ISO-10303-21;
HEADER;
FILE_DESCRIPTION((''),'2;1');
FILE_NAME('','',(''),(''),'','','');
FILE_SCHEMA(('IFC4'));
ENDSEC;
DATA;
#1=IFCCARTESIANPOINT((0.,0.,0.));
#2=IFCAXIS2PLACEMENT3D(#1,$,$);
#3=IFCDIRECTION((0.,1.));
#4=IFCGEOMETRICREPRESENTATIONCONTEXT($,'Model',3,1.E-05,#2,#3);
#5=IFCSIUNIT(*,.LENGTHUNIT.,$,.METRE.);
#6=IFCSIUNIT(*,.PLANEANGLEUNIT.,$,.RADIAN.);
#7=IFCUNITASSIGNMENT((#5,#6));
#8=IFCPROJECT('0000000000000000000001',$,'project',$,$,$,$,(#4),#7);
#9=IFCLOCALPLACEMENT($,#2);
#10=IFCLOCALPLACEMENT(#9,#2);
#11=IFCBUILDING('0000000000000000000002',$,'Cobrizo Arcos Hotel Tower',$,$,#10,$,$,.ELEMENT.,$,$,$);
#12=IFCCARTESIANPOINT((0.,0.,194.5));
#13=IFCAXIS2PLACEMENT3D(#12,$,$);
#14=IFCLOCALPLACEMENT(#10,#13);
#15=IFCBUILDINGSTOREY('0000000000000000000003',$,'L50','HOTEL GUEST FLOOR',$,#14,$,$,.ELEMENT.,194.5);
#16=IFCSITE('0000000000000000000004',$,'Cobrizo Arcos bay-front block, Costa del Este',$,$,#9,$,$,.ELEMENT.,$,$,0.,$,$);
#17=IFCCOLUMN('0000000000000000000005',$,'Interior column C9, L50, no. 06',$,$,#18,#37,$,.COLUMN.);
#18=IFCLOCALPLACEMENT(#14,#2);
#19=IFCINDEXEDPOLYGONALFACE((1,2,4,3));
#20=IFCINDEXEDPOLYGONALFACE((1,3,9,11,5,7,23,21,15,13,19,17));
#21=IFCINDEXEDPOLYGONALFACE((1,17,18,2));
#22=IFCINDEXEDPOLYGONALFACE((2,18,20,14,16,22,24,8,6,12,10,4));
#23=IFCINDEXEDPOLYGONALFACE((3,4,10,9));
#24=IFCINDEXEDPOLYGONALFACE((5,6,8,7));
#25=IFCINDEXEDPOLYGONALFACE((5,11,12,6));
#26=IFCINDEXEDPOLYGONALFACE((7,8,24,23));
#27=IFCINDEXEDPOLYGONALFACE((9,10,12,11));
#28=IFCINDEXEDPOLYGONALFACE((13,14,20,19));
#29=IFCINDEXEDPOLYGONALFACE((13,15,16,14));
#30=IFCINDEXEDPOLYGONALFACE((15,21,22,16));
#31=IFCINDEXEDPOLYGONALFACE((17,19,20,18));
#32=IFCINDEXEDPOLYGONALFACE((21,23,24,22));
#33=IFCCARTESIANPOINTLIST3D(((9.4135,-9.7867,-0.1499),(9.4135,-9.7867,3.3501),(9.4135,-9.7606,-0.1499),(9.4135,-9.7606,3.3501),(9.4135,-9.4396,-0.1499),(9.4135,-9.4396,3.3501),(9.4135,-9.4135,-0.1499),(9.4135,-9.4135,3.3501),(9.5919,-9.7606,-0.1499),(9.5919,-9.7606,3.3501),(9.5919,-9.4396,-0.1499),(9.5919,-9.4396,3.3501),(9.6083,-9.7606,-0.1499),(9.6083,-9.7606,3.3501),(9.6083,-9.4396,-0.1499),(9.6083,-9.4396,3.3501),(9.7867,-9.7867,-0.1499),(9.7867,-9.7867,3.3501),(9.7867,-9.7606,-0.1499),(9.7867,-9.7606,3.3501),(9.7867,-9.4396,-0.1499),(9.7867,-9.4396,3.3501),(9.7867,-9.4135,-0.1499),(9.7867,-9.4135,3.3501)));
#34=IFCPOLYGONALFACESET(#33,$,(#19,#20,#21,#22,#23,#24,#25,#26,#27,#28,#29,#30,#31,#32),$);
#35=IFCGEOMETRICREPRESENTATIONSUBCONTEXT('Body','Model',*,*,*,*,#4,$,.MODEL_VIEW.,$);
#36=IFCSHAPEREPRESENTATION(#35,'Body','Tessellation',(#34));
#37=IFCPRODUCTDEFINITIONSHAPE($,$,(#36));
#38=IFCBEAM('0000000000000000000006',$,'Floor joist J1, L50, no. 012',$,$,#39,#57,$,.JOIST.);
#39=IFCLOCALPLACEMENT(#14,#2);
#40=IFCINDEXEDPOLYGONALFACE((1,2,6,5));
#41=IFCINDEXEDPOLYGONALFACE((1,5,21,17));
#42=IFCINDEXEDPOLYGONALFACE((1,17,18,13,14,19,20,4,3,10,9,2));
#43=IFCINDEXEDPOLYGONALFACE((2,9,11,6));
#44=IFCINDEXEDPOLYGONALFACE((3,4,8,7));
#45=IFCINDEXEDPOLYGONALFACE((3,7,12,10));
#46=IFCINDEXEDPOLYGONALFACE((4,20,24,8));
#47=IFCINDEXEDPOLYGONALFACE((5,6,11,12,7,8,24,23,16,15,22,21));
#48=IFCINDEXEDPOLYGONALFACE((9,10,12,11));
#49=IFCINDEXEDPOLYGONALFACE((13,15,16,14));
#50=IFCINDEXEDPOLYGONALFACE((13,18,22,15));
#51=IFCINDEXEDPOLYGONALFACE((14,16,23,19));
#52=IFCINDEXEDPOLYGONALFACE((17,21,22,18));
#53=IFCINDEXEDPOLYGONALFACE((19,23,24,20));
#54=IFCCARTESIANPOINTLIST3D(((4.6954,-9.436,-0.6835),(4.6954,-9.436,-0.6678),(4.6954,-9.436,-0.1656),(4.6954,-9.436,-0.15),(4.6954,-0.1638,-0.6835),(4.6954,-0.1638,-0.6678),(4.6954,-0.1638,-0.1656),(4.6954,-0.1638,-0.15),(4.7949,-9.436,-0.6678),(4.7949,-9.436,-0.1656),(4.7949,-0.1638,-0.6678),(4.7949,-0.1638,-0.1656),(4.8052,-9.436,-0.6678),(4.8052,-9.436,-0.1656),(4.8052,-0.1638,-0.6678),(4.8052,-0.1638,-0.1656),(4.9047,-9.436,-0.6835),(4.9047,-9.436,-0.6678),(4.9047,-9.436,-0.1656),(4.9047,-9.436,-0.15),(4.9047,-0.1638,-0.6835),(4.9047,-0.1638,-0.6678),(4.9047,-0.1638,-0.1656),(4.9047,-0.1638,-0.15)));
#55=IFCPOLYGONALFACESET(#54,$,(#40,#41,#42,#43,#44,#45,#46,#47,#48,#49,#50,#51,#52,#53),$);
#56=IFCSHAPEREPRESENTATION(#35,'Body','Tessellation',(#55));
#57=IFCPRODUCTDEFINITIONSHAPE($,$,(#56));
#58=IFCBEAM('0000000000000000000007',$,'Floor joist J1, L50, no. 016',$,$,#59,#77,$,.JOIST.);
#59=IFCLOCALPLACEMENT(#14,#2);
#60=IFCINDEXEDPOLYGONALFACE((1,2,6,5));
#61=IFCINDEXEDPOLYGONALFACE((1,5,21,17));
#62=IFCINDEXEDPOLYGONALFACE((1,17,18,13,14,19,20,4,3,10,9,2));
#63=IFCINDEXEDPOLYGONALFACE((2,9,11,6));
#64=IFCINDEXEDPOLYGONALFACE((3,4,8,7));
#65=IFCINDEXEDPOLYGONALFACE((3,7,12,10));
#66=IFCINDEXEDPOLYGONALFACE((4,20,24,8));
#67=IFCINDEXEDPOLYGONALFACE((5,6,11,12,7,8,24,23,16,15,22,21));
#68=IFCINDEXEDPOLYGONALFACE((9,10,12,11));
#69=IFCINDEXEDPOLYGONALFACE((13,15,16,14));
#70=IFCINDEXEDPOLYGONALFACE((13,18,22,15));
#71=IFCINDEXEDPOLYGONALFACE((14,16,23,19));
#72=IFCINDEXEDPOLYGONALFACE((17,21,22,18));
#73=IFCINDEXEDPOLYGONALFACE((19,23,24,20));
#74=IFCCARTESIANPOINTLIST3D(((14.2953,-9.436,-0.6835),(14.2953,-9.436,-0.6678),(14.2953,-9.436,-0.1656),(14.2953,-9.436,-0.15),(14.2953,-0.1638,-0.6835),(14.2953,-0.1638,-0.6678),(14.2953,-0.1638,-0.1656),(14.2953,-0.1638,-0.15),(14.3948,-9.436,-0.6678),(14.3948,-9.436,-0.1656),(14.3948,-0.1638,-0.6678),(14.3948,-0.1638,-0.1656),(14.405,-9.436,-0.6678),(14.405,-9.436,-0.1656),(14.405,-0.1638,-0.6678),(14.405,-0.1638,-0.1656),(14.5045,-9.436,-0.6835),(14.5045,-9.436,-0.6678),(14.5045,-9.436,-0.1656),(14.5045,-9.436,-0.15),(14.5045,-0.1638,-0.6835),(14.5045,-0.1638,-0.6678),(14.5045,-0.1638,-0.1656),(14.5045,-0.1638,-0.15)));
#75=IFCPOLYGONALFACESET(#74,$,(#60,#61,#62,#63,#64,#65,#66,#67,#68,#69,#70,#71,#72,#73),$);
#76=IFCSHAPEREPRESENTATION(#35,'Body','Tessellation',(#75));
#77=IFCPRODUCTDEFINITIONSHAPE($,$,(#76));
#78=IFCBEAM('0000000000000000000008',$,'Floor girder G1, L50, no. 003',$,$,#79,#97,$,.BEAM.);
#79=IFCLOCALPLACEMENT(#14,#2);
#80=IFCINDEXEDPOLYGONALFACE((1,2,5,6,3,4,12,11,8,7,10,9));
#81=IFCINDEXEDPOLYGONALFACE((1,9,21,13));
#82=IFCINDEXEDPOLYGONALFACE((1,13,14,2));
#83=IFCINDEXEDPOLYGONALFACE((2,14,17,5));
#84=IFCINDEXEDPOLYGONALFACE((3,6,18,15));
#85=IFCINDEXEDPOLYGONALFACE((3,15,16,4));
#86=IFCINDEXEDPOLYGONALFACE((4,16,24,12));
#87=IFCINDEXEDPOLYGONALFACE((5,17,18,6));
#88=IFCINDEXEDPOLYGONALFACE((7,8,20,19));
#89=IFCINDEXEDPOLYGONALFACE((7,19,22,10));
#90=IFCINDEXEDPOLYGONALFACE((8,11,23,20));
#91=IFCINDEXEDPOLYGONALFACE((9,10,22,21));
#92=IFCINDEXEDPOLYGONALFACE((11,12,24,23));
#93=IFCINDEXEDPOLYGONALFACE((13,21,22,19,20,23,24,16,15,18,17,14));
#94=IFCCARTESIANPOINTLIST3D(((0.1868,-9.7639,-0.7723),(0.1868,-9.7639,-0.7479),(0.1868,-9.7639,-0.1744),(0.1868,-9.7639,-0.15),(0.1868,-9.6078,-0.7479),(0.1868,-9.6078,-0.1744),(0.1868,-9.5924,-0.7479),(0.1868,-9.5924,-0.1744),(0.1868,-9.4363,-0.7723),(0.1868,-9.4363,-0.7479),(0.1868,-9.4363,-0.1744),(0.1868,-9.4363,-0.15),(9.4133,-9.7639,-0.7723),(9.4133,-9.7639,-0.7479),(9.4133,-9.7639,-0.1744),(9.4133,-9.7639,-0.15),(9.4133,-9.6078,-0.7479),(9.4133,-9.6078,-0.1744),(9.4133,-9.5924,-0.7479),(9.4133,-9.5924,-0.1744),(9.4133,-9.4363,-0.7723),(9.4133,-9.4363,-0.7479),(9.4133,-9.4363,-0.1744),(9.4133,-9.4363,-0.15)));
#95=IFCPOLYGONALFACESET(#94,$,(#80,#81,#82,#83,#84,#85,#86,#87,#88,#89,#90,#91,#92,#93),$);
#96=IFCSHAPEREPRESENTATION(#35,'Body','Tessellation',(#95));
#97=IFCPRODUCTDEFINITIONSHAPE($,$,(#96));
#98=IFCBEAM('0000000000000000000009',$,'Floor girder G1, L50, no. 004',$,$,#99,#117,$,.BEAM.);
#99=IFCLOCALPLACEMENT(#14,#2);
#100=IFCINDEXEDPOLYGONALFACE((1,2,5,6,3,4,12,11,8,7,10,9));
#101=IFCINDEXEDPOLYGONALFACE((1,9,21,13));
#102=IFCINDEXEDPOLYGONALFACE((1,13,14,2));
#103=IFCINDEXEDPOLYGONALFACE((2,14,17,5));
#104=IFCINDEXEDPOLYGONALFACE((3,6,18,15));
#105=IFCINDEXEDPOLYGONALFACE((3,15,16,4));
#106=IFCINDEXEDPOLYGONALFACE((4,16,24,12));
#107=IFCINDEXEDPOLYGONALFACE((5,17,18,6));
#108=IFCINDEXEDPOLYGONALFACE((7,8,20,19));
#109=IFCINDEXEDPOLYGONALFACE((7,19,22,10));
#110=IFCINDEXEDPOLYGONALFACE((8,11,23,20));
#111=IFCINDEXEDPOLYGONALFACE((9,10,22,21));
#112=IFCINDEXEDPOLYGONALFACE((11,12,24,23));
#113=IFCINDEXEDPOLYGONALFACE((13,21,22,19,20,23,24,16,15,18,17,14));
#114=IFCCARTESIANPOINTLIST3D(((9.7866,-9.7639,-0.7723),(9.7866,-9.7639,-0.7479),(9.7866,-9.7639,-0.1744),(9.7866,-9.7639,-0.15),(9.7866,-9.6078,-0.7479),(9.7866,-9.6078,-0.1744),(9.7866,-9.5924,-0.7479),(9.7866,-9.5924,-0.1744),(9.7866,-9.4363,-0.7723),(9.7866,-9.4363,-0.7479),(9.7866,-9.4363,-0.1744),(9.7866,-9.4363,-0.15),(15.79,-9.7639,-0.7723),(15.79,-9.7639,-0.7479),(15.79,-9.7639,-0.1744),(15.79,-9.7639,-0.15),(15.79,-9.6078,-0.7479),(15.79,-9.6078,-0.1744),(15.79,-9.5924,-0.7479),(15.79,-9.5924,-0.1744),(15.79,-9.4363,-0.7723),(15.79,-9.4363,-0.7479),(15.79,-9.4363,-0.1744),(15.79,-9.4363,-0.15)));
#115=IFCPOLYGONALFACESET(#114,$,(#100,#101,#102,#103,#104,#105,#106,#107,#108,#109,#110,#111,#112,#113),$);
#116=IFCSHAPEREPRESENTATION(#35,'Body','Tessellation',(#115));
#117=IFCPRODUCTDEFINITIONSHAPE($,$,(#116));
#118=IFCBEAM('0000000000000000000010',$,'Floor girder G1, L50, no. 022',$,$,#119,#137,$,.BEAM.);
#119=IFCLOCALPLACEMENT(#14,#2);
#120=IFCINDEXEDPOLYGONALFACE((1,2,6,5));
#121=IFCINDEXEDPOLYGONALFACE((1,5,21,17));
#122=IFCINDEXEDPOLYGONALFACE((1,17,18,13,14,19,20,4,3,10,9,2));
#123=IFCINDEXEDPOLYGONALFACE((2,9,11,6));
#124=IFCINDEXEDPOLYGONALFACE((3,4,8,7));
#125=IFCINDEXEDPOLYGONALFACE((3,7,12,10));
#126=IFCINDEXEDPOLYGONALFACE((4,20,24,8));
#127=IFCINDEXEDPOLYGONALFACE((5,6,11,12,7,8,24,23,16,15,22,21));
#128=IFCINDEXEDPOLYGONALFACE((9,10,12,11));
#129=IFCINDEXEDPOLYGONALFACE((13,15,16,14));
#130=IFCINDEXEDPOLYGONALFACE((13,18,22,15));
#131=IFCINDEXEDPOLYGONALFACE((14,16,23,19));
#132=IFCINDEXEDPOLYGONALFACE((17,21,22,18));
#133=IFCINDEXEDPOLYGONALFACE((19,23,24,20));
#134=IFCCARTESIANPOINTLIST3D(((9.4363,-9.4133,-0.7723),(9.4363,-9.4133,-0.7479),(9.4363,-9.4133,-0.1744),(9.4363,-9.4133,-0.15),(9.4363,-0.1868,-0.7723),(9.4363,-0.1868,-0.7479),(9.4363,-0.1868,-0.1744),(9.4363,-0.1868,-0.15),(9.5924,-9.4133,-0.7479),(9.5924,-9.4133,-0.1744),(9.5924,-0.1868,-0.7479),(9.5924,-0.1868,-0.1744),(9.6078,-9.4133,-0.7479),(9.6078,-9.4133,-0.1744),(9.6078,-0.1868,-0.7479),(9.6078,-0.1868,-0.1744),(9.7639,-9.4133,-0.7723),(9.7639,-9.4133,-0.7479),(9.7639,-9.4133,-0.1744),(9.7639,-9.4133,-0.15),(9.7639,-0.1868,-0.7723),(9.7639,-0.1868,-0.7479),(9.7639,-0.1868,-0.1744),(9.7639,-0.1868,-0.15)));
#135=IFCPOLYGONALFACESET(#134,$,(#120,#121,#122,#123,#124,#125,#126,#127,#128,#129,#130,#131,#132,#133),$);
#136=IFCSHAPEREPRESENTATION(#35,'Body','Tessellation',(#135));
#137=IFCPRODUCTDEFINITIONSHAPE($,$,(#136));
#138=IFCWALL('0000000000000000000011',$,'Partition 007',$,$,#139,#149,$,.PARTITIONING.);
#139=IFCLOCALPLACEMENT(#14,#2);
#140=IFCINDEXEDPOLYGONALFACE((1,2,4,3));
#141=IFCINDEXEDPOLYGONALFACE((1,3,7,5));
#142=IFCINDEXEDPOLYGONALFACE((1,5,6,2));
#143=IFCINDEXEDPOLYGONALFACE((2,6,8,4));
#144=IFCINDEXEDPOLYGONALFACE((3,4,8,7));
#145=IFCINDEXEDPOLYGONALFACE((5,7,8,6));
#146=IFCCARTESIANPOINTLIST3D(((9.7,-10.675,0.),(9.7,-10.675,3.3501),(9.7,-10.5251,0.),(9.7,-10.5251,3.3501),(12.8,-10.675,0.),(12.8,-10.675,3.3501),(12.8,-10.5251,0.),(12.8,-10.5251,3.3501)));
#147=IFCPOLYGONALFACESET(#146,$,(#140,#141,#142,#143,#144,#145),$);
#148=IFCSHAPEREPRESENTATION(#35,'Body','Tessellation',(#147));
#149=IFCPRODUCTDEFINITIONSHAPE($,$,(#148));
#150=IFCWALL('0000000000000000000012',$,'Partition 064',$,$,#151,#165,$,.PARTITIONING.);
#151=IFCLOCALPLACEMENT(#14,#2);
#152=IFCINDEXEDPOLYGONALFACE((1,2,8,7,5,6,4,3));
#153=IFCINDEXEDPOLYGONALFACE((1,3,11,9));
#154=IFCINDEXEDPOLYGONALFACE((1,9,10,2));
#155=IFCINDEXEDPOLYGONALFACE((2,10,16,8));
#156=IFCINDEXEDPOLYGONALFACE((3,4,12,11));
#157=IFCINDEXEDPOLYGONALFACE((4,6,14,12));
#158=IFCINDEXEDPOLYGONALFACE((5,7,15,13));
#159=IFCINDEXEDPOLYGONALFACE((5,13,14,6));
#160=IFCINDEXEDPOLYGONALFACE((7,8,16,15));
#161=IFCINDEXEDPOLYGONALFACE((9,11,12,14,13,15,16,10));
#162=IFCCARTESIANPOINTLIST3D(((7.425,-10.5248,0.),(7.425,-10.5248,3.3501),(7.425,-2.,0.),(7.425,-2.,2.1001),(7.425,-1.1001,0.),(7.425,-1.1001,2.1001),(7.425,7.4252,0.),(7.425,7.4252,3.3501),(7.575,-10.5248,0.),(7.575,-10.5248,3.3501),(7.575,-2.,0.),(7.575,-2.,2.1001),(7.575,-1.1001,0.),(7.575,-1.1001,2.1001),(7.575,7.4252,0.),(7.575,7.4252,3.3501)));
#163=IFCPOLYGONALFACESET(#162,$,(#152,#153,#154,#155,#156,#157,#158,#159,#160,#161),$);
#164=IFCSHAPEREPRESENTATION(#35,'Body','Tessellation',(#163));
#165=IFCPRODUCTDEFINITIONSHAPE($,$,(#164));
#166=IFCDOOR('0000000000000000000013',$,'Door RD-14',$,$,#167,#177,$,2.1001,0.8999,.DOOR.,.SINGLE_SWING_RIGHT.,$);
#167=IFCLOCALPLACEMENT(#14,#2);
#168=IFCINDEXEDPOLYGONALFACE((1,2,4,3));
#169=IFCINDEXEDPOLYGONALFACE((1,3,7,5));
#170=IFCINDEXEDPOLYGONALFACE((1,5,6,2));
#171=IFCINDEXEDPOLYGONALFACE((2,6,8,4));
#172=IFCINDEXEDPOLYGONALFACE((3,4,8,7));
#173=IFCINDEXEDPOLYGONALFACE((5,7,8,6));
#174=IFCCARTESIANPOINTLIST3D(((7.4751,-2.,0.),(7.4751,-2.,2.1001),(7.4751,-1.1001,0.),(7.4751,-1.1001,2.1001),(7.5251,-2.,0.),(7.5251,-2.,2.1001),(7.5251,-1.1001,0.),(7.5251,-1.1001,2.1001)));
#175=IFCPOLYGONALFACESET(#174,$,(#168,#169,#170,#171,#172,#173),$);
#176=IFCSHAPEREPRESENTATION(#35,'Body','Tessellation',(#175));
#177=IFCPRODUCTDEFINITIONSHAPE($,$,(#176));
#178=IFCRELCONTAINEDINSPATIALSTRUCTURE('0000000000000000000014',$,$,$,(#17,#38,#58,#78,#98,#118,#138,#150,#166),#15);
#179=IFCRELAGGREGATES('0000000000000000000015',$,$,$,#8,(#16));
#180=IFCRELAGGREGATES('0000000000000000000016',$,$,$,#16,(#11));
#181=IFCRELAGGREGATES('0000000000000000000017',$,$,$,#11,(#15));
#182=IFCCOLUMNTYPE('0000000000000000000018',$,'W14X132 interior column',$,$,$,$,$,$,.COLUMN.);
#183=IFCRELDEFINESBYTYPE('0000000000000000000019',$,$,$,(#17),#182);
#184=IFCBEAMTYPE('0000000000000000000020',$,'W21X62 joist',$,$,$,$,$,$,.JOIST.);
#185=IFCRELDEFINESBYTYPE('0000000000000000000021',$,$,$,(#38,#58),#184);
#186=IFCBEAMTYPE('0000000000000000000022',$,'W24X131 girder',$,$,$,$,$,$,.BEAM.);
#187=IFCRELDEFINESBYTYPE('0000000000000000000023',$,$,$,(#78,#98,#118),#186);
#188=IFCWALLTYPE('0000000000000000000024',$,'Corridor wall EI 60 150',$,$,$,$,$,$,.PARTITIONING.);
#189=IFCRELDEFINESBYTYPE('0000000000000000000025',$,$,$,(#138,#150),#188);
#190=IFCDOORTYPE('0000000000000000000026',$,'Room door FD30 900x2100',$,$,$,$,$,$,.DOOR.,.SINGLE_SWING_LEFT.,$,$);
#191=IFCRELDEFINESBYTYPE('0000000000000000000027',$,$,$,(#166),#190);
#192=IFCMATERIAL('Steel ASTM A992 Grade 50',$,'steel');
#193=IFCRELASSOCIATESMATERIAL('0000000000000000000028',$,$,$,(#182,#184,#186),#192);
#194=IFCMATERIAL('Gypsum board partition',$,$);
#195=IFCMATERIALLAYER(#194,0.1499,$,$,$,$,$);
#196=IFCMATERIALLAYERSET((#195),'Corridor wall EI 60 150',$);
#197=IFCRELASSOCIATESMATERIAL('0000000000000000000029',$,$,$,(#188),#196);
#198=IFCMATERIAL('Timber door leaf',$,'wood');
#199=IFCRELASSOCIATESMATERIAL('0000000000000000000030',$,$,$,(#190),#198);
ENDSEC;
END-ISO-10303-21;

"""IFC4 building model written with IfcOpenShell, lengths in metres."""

from ifc_helpers import new_model, si_unit, direction, frame, frame_2d, origin, origin_2d, place, context, subcontext, project, spatial, rectangle, i_section, extrude, material, layer, layer_set, material_profile, profile_set, type_object, element, fill, save


model = new_model("IFC4")

# Units and contexts
model_context = context("Model", 3, precision=1e-05, world=origin(), true_north=direction((0.0, 1.0)))
body_context = subcontext(model_context, "Body", "Model", "MODEL_VIEW")
ifc_project = project(units=[si_unit("LENGTHUNIT", "METRE"), si_unit("PLANEANGLEUNIT", "RADIAN")], contexts=[model_context])

# Site, building, storey
site_placement = place(None, origin())
site = spatial("IfcSite", under=ifc_project, at=site_placement, Name="Cobrizo Arcos bay-front block, Costa del Este", CompositionType="ELEMENT", RefElevation=0.0)
building_placement = place(site_placement, origin())
building = spatial("IfcBuilding", under=site, at=building_placement, Name="Cobrizo Arcos Hotel Tower", CompositionType="ELEMENT")
storey_placement = place(building_placement, frame((0.0, 0.0, 194.5)))
storey = spatial("IfcBuildingStorey", under=building, at=storey_placement, Name="L50", Description="HOTEL GUEST FLOOR", CompositionType="ELEMENT", Elevation=194.5)

# Column
ifc_material_1 = material(Name="Steel ASTM A992 Grade 50", Category="steel")
ifc_material_profile_1 = material_profile(ifc_material_1, i_section(OverallWidth=0.3733, OverallDepth=0.3733, WebThickness=0.0164, FlangeThickness=0.0261, at=origin_2d()), Name="W14X132")
ifc_profile_set_1 = profile_set([ifc_material_profile_1], Name="Steel ASTM A992 Grade 50")
column_type = type_object("IfcColumnType", Name="W14X132 interior column", PredefinedType="COLUMN", material=ifc_profile_set_1)
column_placement = place(storey_placement, frame((9.6001, -9.6001, -0.1499), z_axis=(0.0, 0.0, 1.0), x_axis=(1.0, 0.0, 0.0)))
element("IfcColumn", 1, at=column_placement, inside=storey, type_object=column_type, Name="Interior column C9, L50, no. 06", PredefinedType="COLUMN", context=body_context, shape_type="SweptSolid", body=[
    extrude(i_section(OverallWidth=0.3733, OverallDepth=0.3733, WebThickness=0.0164, FlangeThickness=0.0261, at=origin_2d()), origin(), (0.0, 0.0, 1.0), 3.5),
])

# Beams
ifc_material_profile_2 = material_profile(ifc_material_1, i_section(OverallWidth=0.2092, OverallDepth=0.5334, WebThickness=0.0103, FlangeThickness=0.0156, at=origin_2d()), Name="W21X62")
ifc_profile_set_2 = profile_set([ifc_material_profile_2], Name="Steel ASTM A992 Grade 50")
beam_type_1 = type_object("IfcBeamType", Name="W21X62 joist", PredefinedType="JOIST", material=ifc_profile_set_2)
for number, where, z_axis, x_axis, name in (
    (2, (4.8, -9.436, -0.4167), (0.0, 1.0, 0.0), (-1.0, 0.0, 0.0), "Floor joist J1, L50, no. 012"),
    (3, (14.3999, -9.436, -0.4167), (0.0, 1.0, 0.0), (-1.0, 0.0, 0.0), "Floor joist J1, L50, no. 016"),
):
    element("IfcBeam", number, at=place(storey_placement, frame(where, z_axis=z_axis, x_axis=x_axis)), inside=storey, type_object=beam_type_1, Name=name, PredefinedType="JOIST", context=body_context, shape_type="SweptSolid", body=[
        extrude(i_section(OverallWidth=0.2092, OverallDepth=0.5334, WebThickness=0.0103, FlangeThickness=0.0156, at=origin_2d()), origin(), (0.0, 0.0, 1.0), 9.2722),
    ])
ifc_material_profile_3 = material_profile(ifc_material_1, i_section(OverallWidth=0.3276, OverallDepth=0.6223, WebThickness=0.0154, FlangeThickness=0.0244, at=origin_2d()), Name="W24X131")
ifc_profile_set_3 = profile_set([ifc_material_profile_3], Name="Steel ASTM A992 Grade 50")
beam_type_2 = type_object("IfcBeamType", Name="W24X131 girder", PredefinedType="BEAM", material=ifc_profile_set_3)
beam_1_placement = place(storey_placement, frame((0.1868, -9.6001, -0.4612), z_axis=(1.0, 0.0, 0.0), x_axis=(0.0, 1.0, 0.0)))
element("IfcBeam", 4, at=beam_1_placement, inside=storey, type_object=beam_type_2, Name="Floor girder G1, L50, no. 003", PredefinedType="BEAM", context=body_context, shape_type="SweptSolid", body=[
    extrude(i_section(OverallWidth=0.3276, OverallDepth=0.6223, WebThickness=0.0154, FlangeThickness=0.0244, at=origin_2d()), origin(), (0.0, 0.0, 1.0), 9.2266),
])
beam_2_placement = place(storey_placement, frame((9.7866, -9.6001, -0.4612), z_axis=(1.0, 0.0, 0.0), x_axis=(0.0, 1.0, 0.0)))
element("IfcBeam", 5, at=beam_2_placement, inside=storey, type_object=beam_type_2, Name="Floor girder G1, L50, no. 004", PredefinedType="BEAM", context=body_context, shape_type="SweptSolid", body=[
    extrude(i_section(OverallWidth=0.3276, OverallDepth=0.6223, WebThickness=0.0154, FlangeThickness=0.0244, at=origin_2d()), origin(), (0.0, 0.0, 1.0), 6.0034),
])
beam_3_placement = place(storey_placement, frame((9.6001, -9.4133, -0.4612), z_axis=(0.0, 1.0, 0.0), x_axis=(-1.0, 0.0, 0.0)))
element("IfcBeam", 6, at=beam_3_placement, inside=storey, type_object=beam_type_2, Name="Floor girder G1, L50, no. 022", PredefinedType="BEAM", context=body_context, shape_type="SweptSolid", body=[
    extrude(i_section(OverallWidth=0.3276, OverallDepth=0.6223, WebThickness=0.0154, FlangeThickness=0.0244, at=origin_2d()), origin(), (0.0, 0.0, 1.0), 9.2266),
])

# Wall
ifc_material_2 = material(Name="Gypsum board partition")
ifc_layer_1 = layer(ifc_material_2, 0.1499)
ifc_layer_set_1 = layer_set([ifc_layer_1], Name="Corridor wall EI 60 150")
wall_type_1 = type_object("IfcWallType", Name="Corridor wall EI 60 150", PredefinedType="PARTITIONING", material=ifc_layer_set_1)
wall_1_placement = place(storey_placement, frame((9.7, -10.6001, 0.0), z_axis=(0.0, 0.0, 1.0), x_axis=(1.0, 0.0, 0.0)))
element("IfcWall", 7, at=wall_1_placement, inside=storey, type_object=wall_type_1, Name="Partition 007", PredefinedType="PARTITIONING", context=body_context, shape_type="SweptSolid", body=[
    extrude(rectangle(XDim=3.1001, YDim=0.1499, at=frame_2d((1.55, 0.0))), origin(), (0.0, 0.0, 1.0), 3.3501),
])

# Wall, opening, door
wall_2_placement = place(storey_placement, frame((7.5, -10.5249, 0.0), z_axis=(0.0, 0.0, 1.0), x_axis=(0.0, 1.0, 0.0)))
wall_2 = element("IfcWall", 8, at=wall_2_placement, inside=storey, type_object=wall_type_1, Name="Partition 064", PredefinedType="PARTITIONING", context=body_context, shape_type="SweptSolid", body=[
    extrude(rectangle(XDim=17.95, YDim=0.1499, at=frame_2d((8.9751, 0.0))), origin(), (0.0, 0.0, 1.0), 3.3501),
])
opening_1_placement = place(wall_2_placement, frame((8.5249, 0.0, 0.0)))
opening_1 = element("IfcOpeningElement", 9, at=opening_1_placement, cuts=wall_2, PredefinedType="OPENING", context=body_context, shape_type="SweptSolid", body=[
    extrude(rectangle(XDim=0.8999, YDim=2.1001, at=frame_2d((0.45, 1.05))), frame((0.0, 0.0869, 0.0), z_axis=(0.0, -1.0, 0.0), x_axis=(1.0, 0.0, 0.0)), (0.0, 0.0, 1.0), 0.1738),
])
ifc_material_3 = material(Name="Timber door leaf", Category="wood")
door_type_1 = type_object("IfcDoorType", Name="Room door FD30 900x2100", OperationType="SINGLE_SWING_LEFT", PredefinedType="DOOR", material=ifc_material_3)
door_1_placement = place(opening_1_placement, origin())
door_1 = element("IfcDoor", 10, at=door_1_placement, inside=storey, type_object=door_type_1, Name="Door RD-14", OperationType="SINGLE_SWING_RIGHT", OverallHeight=2.1001, OverallWidth=0.8999, PredefinedType="DOOR", context=body_context, shape_type="SweptSolid", body=[
    extrude(rectangle(XDim=0.8999, YDim=2.1001, at=frame_2d((0.45, 1.05))), frame((0.0, 0.0249, 0.0), z_axis=(0.0, -1.0, 0.0), x_axis=(1.0, 0.0, 0.0)), (0.0, 0.0, 1.0), 0.05),
])
fill(opening_1, door_1)

save(model, "model.ifc")
